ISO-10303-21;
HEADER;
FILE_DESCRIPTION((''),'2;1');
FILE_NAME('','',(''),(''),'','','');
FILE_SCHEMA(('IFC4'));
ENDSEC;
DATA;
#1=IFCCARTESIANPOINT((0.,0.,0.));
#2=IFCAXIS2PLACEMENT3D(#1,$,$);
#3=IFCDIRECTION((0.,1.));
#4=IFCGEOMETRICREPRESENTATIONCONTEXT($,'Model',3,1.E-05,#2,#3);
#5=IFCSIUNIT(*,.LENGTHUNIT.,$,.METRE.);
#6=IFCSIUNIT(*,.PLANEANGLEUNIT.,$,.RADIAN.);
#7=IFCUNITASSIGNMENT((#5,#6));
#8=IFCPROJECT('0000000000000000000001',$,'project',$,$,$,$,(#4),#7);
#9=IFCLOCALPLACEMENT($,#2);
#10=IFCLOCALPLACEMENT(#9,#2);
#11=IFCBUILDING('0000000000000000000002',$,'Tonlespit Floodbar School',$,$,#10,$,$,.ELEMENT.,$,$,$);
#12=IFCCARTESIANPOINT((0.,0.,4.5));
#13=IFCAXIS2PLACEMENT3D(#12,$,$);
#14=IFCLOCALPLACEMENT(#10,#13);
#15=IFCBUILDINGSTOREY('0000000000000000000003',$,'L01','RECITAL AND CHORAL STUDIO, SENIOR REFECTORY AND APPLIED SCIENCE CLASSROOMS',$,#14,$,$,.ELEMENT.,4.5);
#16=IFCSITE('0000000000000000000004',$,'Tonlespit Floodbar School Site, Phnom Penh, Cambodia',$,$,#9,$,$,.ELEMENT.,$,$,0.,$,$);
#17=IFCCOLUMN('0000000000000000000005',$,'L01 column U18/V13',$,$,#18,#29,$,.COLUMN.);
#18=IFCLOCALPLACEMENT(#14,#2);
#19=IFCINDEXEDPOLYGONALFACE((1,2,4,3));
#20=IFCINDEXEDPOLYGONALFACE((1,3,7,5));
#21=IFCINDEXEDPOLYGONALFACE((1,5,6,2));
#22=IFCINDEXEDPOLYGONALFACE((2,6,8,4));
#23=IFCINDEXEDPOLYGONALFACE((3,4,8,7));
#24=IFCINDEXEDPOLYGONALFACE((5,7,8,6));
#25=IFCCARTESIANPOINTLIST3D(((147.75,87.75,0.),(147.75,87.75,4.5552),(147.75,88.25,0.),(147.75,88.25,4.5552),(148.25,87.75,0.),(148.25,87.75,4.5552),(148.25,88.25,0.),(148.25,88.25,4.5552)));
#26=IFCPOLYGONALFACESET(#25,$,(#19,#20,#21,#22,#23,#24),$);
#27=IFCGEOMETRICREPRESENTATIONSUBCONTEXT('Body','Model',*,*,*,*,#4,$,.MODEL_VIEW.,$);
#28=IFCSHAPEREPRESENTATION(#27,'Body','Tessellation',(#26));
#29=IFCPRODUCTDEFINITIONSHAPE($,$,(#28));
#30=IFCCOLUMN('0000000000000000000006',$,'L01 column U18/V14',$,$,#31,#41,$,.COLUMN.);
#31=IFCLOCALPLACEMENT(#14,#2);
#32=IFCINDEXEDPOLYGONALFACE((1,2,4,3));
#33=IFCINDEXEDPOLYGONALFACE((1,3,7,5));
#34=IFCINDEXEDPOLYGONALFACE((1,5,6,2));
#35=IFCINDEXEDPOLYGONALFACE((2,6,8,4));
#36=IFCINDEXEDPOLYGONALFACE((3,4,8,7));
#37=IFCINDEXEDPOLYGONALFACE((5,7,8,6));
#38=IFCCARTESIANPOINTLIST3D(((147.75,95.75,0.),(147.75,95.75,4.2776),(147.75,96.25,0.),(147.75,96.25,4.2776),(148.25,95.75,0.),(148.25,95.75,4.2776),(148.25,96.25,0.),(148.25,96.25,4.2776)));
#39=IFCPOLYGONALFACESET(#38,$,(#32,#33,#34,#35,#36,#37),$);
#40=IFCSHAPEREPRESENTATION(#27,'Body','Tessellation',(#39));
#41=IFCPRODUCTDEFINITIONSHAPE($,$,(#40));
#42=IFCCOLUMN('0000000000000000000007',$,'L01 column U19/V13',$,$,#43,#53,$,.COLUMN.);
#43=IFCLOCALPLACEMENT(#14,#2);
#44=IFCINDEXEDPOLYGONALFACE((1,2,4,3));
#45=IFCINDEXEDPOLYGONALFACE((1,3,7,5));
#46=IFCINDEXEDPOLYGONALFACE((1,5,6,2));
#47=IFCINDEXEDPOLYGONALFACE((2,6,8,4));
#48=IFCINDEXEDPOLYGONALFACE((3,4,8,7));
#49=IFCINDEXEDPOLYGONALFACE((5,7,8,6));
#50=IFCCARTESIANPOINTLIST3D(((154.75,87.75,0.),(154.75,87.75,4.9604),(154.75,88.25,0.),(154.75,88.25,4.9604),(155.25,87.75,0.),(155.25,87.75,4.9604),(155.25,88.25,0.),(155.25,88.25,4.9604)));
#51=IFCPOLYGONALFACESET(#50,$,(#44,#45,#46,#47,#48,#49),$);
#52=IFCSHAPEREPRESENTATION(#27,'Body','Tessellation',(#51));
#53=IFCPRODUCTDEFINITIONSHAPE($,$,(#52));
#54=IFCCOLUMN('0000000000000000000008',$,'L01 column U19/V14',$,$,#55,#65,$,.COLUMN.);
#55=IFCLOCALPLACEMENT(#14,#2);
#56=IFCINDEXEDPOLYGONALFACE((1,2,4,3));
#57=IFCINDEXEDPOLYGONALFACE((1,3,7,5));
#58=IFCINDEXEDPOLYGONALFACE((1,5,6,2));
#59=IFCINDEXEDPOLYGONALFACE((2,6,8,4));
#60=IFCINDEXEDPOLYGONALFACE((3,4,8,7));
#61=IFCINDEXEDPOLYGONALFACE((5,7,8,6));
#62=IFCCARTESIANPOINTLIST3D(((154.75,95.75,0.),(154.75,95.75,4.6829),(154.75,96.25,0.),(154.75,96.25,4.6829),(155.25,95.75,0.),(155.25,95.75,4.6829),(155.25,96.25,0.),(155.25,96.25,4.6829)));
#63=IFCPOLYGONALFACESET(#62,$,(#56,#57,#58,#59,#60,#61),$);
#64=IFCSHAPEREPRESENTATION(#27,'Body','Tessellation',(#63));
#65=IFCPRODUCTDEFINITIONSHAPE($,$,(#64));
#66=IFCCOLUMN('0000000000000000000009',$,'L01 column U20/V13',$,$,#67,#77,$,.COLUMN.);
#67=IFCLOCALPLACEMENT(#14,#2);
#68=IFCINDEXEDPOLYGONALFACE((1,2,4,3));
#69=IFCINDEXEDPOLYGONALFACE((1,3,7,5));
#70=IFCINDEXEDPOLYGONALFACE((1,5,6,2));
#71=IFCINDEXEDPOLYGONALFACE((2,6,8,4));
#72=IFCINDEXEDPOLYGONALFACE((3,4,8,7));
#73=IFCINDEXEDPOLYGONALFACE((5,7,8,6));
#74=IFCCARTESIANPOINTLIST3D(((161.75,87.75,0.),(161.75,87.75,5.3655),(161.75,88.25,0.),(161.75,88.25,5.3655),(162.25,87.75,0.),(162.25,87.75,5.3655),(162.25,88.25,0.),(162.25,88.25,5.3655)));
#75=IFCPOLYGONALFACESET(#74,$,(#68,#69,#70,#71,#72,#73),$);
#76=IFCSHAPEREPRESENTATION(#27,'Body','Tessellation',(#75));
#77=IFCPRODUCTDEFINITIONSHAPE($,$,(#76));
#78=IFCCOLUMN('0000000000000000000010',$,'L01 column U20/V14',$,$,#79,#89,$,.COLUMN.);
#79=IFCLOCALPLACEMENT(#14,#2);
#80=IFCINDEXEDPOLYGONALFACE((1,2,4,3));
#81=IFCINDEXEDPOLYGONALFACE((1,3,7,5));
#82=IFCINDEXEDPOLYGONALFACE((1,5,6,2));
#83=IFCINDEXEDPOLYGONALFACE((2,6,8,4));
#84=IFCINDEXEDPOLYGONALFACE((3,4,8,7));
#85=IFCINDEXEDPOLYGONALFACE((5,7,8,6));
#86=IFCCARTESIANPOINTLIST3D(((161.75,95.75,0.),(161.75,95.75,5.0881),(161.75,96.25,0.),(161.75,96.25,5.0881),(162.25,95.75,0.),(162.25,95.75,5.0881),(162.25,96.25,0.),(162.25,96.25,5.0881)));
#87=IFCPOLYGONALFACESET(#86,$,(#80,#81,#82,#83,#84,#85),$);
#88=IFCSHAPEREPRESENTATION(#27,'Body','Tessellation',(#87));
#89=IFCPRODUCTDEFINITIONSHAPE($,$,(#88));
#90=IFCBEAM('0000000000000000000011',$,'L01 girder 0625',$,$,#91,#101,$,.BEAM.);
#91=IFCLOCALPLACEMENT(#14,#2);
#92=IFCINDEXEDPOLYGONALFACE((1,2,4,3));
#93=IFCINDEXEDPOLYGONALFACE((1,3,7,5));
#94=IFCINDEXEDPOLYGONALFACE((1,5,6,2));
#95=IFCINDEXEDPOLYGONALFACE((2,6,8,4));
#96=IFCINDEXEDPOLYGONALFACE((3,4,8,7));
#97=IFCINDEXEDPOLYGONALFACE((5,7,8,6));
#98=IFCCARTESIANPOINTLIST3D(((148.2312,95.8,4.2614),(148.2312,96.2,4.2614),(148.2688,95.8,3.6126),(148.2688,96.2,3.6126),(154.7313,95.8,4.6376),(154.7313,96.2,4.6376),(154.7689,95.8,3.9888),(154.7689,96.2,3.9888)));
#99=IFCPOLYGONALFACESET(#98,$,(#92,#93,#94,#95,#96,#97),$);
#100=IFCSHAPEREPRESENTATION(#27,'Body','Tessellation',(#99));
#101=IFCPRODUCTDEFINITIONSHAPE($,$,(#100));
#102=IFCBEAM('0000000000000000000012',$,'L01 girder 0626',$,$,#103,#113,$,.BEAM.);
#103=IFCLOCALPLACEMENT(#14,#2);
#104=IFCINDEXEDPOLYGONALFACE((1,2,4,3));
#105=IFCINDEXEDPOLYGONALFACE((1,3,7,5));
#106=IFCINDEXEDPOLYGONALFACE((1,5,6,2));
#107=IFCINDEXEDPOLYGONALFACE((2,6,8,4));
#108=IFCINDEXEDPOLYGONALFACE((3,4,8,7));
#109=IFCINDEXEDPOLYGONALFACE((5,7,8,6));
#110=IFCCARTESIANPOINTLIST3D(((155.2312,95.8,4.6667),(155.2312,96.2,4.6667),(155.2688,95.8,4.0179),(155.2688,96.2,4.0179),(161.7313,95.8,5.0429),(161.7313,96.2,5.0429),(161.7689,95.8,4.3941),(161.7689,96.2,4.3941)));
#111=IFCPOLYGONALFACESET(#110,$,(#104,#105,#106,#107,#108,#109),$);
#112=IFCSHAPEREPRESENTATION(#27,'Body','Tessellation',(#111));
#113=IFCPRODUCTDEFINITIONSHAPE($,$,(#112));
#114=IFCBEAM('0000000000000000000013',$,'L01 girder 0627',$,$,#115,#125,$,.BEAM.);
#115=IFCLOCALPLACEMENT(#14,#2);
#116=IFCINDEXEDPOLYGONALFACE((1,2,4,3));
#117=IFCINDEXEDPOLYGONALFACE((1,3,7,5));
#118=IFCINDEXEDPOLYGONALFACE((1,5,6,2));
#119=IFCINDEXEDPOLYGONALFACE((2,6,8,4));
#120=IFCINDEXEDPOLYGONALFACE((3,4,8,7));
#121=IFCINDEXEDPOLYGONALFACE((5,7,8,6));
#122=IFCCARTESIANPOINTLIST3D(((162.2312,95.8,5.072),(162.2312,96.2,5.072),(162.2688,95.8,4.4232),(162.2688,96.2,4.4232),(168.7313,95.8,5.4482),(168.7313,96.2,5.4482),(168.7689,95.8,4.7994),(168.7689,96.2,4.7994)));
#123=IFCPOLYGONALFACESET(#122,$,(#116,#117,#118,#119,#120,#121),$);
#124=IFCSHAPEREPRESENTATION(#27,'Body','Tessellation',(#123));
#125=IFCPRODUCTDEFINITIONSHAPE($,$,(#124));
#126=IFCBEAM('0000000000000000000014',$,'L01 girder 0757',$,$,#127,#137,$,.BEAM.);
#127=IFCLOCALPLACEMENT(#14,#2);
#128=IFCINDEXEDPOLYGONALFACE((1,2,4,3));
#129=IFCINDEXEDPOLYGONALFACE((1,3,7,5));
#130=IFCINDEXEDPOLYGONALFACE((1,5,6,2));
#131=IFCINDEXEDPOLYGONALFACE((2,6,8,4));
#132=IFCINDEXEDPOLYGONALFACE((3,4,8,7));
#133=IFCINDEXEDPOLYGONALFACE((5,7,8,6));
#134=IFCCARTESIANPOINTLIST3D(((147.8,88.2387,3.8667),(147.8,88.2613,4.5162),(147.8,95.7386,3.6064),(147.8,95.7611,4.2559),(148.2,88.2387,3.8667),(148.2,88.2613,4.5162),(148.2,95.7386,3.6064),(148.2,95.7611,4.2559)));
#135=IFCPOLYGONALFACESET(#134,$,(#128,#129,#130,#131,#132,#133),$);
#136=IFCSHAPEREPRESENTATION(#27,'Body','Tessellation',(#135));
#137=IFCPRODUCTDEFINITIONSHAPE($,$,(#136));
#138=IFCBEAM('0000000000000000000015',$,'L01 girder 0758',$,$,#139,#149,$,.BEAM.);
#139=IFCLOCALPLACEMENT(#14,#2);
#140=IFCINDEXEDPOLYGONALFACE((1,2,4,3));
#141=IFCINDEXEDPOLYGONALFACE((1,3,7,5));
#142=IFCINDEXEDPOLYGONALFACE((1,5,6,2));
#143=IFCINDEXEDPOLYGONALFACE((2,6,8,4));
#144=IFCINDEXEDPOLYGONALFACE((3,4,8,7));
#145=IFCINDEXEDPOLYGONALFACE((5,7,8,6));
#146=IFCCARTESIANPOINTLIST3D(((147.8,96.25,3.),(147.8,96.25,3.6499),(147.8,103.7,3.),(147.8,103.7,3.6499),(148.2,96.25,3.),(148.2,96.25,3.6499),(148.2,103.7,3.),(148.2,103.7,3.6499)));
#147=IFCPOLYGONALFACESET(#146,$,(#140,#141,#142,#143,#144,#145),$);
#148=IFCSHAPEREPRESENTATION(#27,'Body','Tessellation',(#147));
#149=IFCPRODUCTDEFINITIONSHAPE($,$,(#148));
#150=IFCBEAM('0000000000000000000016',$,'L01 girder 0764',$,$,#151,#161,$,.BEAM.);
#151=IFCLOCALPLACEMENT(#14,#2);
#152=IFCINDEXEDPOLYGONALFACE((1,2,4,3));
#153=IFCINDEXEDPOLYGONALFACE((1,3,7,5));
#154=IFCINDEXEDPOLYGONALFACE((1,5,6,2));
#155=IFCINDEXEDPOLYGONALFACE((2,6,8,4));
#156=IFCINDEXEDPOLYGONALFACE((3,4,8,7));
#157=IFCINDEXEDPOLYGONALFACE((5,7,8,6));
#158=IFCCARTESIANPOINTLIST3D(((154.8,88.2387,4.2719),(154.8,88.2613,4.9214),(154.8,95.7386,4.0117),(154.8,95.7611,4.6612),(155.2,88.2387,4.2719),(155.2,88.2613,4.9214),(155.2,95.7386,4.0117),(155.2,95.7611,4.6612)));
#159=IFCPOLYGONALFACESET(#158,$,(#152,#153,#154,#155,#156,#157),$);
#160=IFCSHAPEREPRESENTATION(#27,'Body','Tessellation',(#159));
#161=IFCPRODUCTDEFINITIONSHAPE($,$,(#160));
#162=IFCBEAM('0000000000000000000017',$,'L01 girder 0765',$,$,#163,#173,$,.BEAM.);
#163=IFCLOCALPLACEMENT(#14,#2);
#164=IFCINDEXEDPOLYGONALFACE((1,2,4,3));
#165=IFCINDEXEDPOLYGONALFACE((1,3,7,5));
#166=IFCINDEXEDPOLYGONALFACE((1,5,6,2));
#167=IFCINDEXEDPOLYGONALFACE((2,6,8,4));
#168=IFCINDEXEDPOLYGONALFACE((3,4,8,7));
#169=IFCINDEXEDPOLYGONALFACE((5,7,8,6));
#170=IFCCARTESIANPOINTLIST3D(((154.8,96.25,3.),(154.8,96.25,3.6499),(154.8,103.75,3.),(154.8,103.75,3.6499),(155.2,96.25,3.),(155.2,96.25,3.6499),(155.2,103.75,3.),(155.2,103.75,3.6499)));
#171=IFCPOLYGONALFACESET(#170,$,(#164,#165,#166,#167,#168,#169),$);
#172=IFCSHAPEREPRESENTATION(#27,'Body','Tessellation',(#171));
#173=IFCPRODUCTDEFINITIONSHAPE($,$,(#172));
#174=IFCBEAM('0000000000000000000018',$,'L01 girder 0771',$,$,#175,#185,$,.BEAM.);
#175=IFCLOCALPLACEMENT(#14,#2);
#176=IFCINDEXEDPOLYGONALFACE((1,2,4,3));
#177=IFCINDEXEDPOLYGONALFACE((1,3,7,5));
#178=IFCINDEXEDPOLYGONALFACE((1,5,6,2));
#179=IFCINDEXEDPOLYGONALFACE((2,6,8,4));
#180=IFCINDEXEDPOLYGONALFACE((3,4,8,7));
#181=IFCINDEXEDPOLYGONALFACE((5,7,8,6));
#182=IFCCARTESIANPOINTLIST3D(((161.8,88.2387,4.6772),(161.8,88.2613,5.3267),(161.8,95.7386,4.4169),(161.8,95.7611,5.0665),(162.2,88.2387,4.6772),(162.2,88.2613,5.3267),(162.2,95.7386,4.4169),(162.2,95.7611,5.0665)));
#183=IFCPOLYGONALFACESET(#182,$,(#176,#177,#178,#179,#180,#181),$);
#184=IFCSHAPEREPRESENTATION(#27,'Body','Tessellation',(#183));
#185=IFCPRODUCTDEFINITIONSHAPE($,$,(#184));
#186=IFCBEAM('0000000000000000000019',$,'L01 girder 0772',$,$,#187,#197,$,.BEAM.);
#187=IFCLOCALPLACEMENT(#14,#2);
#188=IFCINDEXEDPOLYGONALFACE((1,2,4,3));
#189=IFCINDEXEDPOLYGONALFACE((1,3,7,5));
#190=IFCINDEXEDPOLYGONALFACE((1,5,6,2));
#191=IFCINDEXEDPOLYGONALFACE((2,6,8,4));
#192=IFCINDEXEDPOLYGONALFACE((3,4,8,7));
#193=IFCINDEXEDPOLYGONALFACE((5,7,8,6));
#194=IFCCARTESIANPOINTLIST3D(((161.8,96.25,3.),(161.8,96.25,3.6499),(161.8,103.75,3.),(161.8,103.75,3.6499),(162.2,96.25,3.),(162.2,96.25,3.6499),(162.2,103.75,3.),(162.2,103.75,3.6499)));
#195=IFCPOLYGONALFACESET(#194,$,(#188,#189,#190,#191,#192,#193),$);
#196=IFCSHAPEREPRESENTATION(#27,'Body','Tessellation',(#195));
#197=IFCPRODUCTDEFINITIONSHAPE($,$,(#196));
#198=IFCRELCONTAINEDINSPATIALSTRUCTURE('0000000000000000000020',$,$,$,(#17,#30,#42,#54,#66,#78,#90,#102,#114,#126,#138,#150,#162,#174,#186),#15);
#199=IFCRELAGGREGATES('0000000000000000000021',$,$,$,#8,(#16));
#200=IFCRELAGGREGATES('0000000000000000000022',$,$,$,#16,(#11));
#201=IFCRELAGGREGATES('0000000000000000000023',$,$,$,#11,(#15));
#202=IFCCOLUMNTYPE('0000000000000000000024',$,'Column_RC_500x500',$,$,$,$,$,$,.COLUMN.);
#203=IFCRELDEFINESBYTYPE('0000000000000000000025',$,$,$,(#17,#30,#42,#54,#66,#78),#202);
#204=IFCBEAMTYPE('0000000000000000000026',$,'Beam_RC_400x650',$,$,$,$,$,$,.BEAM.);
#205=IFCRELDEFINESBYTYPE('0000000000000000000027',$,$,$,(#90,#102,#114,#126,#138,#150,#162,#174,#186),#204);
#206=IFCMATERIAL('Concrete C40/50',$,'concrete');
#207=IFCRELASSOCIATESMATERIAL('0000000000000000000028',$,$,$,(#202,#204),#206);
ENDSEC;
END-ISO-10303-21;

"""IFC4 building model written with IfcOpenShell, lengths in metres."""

from ifc_helpers import new_model, si_unit, direction, frame, origin, origin_2d, place, context, subcontext, project, spatial, rectangle, extrude, material, material_profile, profile_set, type_object, element, save


model = new_model("IFC4")

# Units and contexts
model_context = context("Model", 3, precision=1e-05, world=origin(), true_north=direction((0.0, 1.0)))
body_context = subcontext(model_context, "Body", "Model", "MODEL_VIEW")
ifc_project = project(units=[si_unit("LENGTHUNIT", "METRE"), si_unit("PLANEANGLEUNIT", "RADIAN")], contexts=[model_context])

# Site, building, storey
site_placement = place(None, origin())
site = spatial("IfcSite", under=ifc_project, at=site_placement, Name="Tonlespit Floodbar School Site, Phnom Penh, Cambodia", CompositionType="ELEMENT", RefElevation=0.0)
building_placement = place(site_placement, origin())
building = spatial("IfcBuilding", under=site, at=building_placement, Name="Tonlespit Floodbar School", CompositionType="ELEMENT")
storey_placement = place(building_placement, frame((0.0, 0.0, 4.5)))
storey = spatial("IfcBuildingStorey", under=building, at=storey_placement, Name="L01", Description="RECITAL AND CHORAL STUDIO, SENIOR REFECTORY AND APPLIED SCIENCE CLASSROOMS", CompositionType="ELEMENT", Elevation=4.5)

# Columns
ifc_material_1 = material(Name="Concrete C40/50", Category="concrete")
ifc_material_profile_1 = material_profile(ifc_material_1, rectangle(XDim=0.5, YDim=0.5, at=origin_2d()), Name="RC 500x500")
ifc_profile_set_1 = profile_set([ifc_material_profile_1], Name="Concrete C40/50")
column_type = type_object("IfcColumnType", Name="Column_RC_500x500", PredefinedType="COLUMN", material=ifc_profile_set_1)
column_1_placement = place(storey_placement, frame((148.0, 88.0, 0.0), z_axis=(0.0, 0.0, 1.0), x_axis=(1.0, 0.0, 0.0)))
element("IfcColumn", 1, at=column_1_placement, inside=storey, type_object=column_type, Name="L01 column U18/V13", PredefinedType="COLUMN", context=body_context, shape_type="SweptSolid", body=[
    extrude(rectangle(XDim=0.5, YDim=0.5, at=origin_2d()), origin(), (0.0, 0.0, 1.0), 4.5552),
])
column_2_placement = place(storey_placement, frame((148.0, 96.0, 0.0), z_axis=(0.0, 0.0, 1.0), x_axis=(1.0, 0.0, 0.0)))
element("IfcColumn", 2, at=column_2_placement, inside=storey, type_object=column_type, Name="L01 column U18/V14", PredefinedType="COLUMN", context=body_context, shape_type="SweptSolid", body=[
    extrude(rectangle(XDim=0.5, YDim=0.5, at=origin_2d()), origin(), (0.0, 0.0, 1.0), 4.2776),
])
column_3_placement = place(storey_placement, frame((155.0, 88.0, 0.0), z_axis=(0.0, 0.0, 1.0), x_axis=(1.0, 0.0, 0.0)))
element("IfcColumn", 3, at=column_3_placement, inside=storey, type_object=column_type, Name="L01 column U19/V13", PredefinedType="COLUMN", context=body_context, shape_type="SweptSolid", body=[
    extrude(rectangle(XDim=0.5, YDim=0.5, at=origin_2d()), origin(), (0.0, 0.0, 1.0), 4.9604),
])
column_4_placement = place(storey_placement, frame((155.0, 96.0, 0.0), z_axis=(0.0, 0.0, 1.0), x_axis=(1.0, 0.0, 0.0)))
element("IfcColumn", 4, at=column_4_placement, inside=storey, type_object=column_type, Name="L01 column U19/V14", PredefinedType="COLUMN", context=body_context, shape_type="SweptSolid", body=[
    extrude(rectangle(XDim=0.5, YDim=0.5, at=origin_2d()), origin(), (0.0, 0.0, 1.0), 4.6829),
])
column_5_placement = place(storey_placement, frame((162.0, 88.0, 0.0), z_axis=(0.0, 0.0, 1.0), x_axis=(1.0, 0.0, 0.0)))
element("IfcColumn", 5, at=column_5_placement, inside=storey, type_object=column_type, Name="L01 column U20/V13", PredefinedType="COLUMN", context=body_context, shape_type="SweptSolid", body=[
    extrude(rectangle(XDim=0.5, YDim=0.5, at=origin_2d()), origin(), (0.0, 0.0, 1.0), 5.3655),
])
column_6_placement = place(storey_placement, frame((162.0, 96.0, 0.0), z_axis=(0.0, 0.0, 1.0), x_axis=(1.0, 0.0, 0.0)))
element("IfcColumn", 6, at=column_6_placement, inside=storey, type_object=column_type, Name="L01 column U20/V14", PredefinedType="COLUMN", context=body_context, shape_type="SweptSolid", body=[
    extrude(rectangle(XDim=0.5, YDim=0.5, at=origin_2d()), origin(), (0.0, 0.0, 1.0), 5.0881),
])

# Beams
ifc_material_profile_2 = material_profile(ifc_material_1, rectangle(XDim=0.3999, YDim=0.6499, at=origin_2d()), Name="RC 400x650")
ifc_profile_set_2 = profile_set([ifc_material_profile_2], Name="Concrete C40/50")
beam_type_1 = type_object("IfcBeamType", Name="Beam_RC_400x650", PredefinedType="BEAM", material=ifc_profile_set_2)
for number, where, z_axis, x_axis, name in (
    (7, (148.25, 96.0, 3.937), (0.998329, 0.0, 0.057783), (0.0, 1.0, 0.0), "L01 girder 0625"),
    (8, (155.25, 96.0, 4.3423), (0.998329, 0.0, 0.057783), (0.0, 1.0, 0.0), "L01 girder 0626"),
    (9, (162.25, 96.0, 4.7476), (0.998329, 0.0, 0.057783), (0.0, 1.0, 0.0), "L01 girder 0627"),
):
    element("IfcBeam", number, at=place(storey_placement, frame(where, z_axis=z_axis, x_axis=x_axis)), inside=storey, type_object=beam_type_1, Name=name, PredefinedType="BEAM", context=body_context, shape_type="SweptSolid", body=[
        extrude(rectangle(XDim=0.3999, YDim=0.6499, at=origin_2d()), origin(), (0.0, 0.0, 1.0), 6.511),
    ])
beam_1_placement = place(storey_placement, frame((148.0, 88.25, 4.1914), z_axis=(0.0, 0.999398, -0.03468), x_axis=(-1.0, 0.0, 0.0)))
element("IfcBeam", 10, at=beam_1_placement, inside=storey, type_object=beam_type_1, Name="L01 girder 0757", PredefinedType="BEAM", context=body_context, shape_type="SweptSolid", body=[
    extrude(rectangle(XDim=0.3999, YDim=0.6499, at=origin_2d()), origin(), (0.0, 0.0, 1.0), 7.5044),
])
beam_2_placement = place(storey_placement, frame((148.0, 96.25, 3.325), z_axis=(0.0, 1.0, 0.0), x_axis=(-1.0, 0.0, 0.0)))
element("IfcBeam", 11, at=beam_2_placement, inside=storey, type_object=beam_type_1, Name="L01 girder 0758", PredefinedType="BEAM", context=body_context, shape_type="SweptSolid", body=[
    extrude(rectangle(XDim=0.3999, YDim=0.6499, at=origin_2d()), origin(), (0.0, 0.0, 1.0), 7.45),
])
beam_3_placement = place(storey_placement, frame((155.0, 88.25, 4.5967), z_axis=(0.0, 0.999398, -0.03468), x_axis=(-1.0, 0.0, 0.0)))
element("IfcBeam", 12, at=beam_3_placement, inside=storey, type_object=beam_type_1, Name="L01 girder 0764", PredefinedType="BEAM", context=body_context, shape_type="SweptSolid", body=[
    extrude(rectangle(XDim=0.3999, YDim=0.6499, at=origin_2d()), origin(), (0.0, 0.0, 1.0), 7.5044),
])
beam_4_placement = place(storey_placement, frame((155.0, 96.25, 3.325), z_axis=(0.0, 1.0, 0.0), x_axis=(-1.0, 0.0, 0.0)))
element("IfcBeam", 13, at=beam_4_placement, inside=storey, type_object=beam_type_1, Name="L01 girder 0765", PredefinedType="BEAM", context=body_context, shape_type="SweptSolid", body=[
    extrude(rectangle(XDim=0.3999, YDim=0.6499, at=origin_2d()), origin(), (0.0, 0.0, 1.0), 7.5),
])
beam_5_placement = place(storey_placement, frame((162.0, 88.25, 5.002), z_axis=(0.0, 0.999398, -0.03468), x_axis=(-1.0, 0.0, 0.0)))
element("IfcBeam", 14, at=beam_5_placement, inside=storey, type_object=beam_type_1, Name="L01 girder 0771", PredefinedType="BEAM", context=body_context, shape_type="SweptSolid", body=[
    extrude(rectangle(XDim=0.3999, YDim=0.6499, at=origin_2d()), origin(), (0.0, 0.0, 1.0), 7.5044),
])
beam_6_placement = place(storey_placement, frame((162.0, 96.25, 3.325), z_axis=(0.0, 1.0, 0.0), x_axis=(-1.0, 0.0, 0.0)))
element("IfcBeam", 15, at=beam_6_placement, inside=storey, type_object=beam_type_1, Name="L01 girder 0772", PredefinedType="BEAM", context=body_context, shape_type="SweptSolid", body=[
    extrude(rectangle(XDim=0.3999, YDim=0.6499, at=origin_2d()), origin(), (0.0, 0.0, 1.0), 7.5),
])

save(model, "model.ifc")
